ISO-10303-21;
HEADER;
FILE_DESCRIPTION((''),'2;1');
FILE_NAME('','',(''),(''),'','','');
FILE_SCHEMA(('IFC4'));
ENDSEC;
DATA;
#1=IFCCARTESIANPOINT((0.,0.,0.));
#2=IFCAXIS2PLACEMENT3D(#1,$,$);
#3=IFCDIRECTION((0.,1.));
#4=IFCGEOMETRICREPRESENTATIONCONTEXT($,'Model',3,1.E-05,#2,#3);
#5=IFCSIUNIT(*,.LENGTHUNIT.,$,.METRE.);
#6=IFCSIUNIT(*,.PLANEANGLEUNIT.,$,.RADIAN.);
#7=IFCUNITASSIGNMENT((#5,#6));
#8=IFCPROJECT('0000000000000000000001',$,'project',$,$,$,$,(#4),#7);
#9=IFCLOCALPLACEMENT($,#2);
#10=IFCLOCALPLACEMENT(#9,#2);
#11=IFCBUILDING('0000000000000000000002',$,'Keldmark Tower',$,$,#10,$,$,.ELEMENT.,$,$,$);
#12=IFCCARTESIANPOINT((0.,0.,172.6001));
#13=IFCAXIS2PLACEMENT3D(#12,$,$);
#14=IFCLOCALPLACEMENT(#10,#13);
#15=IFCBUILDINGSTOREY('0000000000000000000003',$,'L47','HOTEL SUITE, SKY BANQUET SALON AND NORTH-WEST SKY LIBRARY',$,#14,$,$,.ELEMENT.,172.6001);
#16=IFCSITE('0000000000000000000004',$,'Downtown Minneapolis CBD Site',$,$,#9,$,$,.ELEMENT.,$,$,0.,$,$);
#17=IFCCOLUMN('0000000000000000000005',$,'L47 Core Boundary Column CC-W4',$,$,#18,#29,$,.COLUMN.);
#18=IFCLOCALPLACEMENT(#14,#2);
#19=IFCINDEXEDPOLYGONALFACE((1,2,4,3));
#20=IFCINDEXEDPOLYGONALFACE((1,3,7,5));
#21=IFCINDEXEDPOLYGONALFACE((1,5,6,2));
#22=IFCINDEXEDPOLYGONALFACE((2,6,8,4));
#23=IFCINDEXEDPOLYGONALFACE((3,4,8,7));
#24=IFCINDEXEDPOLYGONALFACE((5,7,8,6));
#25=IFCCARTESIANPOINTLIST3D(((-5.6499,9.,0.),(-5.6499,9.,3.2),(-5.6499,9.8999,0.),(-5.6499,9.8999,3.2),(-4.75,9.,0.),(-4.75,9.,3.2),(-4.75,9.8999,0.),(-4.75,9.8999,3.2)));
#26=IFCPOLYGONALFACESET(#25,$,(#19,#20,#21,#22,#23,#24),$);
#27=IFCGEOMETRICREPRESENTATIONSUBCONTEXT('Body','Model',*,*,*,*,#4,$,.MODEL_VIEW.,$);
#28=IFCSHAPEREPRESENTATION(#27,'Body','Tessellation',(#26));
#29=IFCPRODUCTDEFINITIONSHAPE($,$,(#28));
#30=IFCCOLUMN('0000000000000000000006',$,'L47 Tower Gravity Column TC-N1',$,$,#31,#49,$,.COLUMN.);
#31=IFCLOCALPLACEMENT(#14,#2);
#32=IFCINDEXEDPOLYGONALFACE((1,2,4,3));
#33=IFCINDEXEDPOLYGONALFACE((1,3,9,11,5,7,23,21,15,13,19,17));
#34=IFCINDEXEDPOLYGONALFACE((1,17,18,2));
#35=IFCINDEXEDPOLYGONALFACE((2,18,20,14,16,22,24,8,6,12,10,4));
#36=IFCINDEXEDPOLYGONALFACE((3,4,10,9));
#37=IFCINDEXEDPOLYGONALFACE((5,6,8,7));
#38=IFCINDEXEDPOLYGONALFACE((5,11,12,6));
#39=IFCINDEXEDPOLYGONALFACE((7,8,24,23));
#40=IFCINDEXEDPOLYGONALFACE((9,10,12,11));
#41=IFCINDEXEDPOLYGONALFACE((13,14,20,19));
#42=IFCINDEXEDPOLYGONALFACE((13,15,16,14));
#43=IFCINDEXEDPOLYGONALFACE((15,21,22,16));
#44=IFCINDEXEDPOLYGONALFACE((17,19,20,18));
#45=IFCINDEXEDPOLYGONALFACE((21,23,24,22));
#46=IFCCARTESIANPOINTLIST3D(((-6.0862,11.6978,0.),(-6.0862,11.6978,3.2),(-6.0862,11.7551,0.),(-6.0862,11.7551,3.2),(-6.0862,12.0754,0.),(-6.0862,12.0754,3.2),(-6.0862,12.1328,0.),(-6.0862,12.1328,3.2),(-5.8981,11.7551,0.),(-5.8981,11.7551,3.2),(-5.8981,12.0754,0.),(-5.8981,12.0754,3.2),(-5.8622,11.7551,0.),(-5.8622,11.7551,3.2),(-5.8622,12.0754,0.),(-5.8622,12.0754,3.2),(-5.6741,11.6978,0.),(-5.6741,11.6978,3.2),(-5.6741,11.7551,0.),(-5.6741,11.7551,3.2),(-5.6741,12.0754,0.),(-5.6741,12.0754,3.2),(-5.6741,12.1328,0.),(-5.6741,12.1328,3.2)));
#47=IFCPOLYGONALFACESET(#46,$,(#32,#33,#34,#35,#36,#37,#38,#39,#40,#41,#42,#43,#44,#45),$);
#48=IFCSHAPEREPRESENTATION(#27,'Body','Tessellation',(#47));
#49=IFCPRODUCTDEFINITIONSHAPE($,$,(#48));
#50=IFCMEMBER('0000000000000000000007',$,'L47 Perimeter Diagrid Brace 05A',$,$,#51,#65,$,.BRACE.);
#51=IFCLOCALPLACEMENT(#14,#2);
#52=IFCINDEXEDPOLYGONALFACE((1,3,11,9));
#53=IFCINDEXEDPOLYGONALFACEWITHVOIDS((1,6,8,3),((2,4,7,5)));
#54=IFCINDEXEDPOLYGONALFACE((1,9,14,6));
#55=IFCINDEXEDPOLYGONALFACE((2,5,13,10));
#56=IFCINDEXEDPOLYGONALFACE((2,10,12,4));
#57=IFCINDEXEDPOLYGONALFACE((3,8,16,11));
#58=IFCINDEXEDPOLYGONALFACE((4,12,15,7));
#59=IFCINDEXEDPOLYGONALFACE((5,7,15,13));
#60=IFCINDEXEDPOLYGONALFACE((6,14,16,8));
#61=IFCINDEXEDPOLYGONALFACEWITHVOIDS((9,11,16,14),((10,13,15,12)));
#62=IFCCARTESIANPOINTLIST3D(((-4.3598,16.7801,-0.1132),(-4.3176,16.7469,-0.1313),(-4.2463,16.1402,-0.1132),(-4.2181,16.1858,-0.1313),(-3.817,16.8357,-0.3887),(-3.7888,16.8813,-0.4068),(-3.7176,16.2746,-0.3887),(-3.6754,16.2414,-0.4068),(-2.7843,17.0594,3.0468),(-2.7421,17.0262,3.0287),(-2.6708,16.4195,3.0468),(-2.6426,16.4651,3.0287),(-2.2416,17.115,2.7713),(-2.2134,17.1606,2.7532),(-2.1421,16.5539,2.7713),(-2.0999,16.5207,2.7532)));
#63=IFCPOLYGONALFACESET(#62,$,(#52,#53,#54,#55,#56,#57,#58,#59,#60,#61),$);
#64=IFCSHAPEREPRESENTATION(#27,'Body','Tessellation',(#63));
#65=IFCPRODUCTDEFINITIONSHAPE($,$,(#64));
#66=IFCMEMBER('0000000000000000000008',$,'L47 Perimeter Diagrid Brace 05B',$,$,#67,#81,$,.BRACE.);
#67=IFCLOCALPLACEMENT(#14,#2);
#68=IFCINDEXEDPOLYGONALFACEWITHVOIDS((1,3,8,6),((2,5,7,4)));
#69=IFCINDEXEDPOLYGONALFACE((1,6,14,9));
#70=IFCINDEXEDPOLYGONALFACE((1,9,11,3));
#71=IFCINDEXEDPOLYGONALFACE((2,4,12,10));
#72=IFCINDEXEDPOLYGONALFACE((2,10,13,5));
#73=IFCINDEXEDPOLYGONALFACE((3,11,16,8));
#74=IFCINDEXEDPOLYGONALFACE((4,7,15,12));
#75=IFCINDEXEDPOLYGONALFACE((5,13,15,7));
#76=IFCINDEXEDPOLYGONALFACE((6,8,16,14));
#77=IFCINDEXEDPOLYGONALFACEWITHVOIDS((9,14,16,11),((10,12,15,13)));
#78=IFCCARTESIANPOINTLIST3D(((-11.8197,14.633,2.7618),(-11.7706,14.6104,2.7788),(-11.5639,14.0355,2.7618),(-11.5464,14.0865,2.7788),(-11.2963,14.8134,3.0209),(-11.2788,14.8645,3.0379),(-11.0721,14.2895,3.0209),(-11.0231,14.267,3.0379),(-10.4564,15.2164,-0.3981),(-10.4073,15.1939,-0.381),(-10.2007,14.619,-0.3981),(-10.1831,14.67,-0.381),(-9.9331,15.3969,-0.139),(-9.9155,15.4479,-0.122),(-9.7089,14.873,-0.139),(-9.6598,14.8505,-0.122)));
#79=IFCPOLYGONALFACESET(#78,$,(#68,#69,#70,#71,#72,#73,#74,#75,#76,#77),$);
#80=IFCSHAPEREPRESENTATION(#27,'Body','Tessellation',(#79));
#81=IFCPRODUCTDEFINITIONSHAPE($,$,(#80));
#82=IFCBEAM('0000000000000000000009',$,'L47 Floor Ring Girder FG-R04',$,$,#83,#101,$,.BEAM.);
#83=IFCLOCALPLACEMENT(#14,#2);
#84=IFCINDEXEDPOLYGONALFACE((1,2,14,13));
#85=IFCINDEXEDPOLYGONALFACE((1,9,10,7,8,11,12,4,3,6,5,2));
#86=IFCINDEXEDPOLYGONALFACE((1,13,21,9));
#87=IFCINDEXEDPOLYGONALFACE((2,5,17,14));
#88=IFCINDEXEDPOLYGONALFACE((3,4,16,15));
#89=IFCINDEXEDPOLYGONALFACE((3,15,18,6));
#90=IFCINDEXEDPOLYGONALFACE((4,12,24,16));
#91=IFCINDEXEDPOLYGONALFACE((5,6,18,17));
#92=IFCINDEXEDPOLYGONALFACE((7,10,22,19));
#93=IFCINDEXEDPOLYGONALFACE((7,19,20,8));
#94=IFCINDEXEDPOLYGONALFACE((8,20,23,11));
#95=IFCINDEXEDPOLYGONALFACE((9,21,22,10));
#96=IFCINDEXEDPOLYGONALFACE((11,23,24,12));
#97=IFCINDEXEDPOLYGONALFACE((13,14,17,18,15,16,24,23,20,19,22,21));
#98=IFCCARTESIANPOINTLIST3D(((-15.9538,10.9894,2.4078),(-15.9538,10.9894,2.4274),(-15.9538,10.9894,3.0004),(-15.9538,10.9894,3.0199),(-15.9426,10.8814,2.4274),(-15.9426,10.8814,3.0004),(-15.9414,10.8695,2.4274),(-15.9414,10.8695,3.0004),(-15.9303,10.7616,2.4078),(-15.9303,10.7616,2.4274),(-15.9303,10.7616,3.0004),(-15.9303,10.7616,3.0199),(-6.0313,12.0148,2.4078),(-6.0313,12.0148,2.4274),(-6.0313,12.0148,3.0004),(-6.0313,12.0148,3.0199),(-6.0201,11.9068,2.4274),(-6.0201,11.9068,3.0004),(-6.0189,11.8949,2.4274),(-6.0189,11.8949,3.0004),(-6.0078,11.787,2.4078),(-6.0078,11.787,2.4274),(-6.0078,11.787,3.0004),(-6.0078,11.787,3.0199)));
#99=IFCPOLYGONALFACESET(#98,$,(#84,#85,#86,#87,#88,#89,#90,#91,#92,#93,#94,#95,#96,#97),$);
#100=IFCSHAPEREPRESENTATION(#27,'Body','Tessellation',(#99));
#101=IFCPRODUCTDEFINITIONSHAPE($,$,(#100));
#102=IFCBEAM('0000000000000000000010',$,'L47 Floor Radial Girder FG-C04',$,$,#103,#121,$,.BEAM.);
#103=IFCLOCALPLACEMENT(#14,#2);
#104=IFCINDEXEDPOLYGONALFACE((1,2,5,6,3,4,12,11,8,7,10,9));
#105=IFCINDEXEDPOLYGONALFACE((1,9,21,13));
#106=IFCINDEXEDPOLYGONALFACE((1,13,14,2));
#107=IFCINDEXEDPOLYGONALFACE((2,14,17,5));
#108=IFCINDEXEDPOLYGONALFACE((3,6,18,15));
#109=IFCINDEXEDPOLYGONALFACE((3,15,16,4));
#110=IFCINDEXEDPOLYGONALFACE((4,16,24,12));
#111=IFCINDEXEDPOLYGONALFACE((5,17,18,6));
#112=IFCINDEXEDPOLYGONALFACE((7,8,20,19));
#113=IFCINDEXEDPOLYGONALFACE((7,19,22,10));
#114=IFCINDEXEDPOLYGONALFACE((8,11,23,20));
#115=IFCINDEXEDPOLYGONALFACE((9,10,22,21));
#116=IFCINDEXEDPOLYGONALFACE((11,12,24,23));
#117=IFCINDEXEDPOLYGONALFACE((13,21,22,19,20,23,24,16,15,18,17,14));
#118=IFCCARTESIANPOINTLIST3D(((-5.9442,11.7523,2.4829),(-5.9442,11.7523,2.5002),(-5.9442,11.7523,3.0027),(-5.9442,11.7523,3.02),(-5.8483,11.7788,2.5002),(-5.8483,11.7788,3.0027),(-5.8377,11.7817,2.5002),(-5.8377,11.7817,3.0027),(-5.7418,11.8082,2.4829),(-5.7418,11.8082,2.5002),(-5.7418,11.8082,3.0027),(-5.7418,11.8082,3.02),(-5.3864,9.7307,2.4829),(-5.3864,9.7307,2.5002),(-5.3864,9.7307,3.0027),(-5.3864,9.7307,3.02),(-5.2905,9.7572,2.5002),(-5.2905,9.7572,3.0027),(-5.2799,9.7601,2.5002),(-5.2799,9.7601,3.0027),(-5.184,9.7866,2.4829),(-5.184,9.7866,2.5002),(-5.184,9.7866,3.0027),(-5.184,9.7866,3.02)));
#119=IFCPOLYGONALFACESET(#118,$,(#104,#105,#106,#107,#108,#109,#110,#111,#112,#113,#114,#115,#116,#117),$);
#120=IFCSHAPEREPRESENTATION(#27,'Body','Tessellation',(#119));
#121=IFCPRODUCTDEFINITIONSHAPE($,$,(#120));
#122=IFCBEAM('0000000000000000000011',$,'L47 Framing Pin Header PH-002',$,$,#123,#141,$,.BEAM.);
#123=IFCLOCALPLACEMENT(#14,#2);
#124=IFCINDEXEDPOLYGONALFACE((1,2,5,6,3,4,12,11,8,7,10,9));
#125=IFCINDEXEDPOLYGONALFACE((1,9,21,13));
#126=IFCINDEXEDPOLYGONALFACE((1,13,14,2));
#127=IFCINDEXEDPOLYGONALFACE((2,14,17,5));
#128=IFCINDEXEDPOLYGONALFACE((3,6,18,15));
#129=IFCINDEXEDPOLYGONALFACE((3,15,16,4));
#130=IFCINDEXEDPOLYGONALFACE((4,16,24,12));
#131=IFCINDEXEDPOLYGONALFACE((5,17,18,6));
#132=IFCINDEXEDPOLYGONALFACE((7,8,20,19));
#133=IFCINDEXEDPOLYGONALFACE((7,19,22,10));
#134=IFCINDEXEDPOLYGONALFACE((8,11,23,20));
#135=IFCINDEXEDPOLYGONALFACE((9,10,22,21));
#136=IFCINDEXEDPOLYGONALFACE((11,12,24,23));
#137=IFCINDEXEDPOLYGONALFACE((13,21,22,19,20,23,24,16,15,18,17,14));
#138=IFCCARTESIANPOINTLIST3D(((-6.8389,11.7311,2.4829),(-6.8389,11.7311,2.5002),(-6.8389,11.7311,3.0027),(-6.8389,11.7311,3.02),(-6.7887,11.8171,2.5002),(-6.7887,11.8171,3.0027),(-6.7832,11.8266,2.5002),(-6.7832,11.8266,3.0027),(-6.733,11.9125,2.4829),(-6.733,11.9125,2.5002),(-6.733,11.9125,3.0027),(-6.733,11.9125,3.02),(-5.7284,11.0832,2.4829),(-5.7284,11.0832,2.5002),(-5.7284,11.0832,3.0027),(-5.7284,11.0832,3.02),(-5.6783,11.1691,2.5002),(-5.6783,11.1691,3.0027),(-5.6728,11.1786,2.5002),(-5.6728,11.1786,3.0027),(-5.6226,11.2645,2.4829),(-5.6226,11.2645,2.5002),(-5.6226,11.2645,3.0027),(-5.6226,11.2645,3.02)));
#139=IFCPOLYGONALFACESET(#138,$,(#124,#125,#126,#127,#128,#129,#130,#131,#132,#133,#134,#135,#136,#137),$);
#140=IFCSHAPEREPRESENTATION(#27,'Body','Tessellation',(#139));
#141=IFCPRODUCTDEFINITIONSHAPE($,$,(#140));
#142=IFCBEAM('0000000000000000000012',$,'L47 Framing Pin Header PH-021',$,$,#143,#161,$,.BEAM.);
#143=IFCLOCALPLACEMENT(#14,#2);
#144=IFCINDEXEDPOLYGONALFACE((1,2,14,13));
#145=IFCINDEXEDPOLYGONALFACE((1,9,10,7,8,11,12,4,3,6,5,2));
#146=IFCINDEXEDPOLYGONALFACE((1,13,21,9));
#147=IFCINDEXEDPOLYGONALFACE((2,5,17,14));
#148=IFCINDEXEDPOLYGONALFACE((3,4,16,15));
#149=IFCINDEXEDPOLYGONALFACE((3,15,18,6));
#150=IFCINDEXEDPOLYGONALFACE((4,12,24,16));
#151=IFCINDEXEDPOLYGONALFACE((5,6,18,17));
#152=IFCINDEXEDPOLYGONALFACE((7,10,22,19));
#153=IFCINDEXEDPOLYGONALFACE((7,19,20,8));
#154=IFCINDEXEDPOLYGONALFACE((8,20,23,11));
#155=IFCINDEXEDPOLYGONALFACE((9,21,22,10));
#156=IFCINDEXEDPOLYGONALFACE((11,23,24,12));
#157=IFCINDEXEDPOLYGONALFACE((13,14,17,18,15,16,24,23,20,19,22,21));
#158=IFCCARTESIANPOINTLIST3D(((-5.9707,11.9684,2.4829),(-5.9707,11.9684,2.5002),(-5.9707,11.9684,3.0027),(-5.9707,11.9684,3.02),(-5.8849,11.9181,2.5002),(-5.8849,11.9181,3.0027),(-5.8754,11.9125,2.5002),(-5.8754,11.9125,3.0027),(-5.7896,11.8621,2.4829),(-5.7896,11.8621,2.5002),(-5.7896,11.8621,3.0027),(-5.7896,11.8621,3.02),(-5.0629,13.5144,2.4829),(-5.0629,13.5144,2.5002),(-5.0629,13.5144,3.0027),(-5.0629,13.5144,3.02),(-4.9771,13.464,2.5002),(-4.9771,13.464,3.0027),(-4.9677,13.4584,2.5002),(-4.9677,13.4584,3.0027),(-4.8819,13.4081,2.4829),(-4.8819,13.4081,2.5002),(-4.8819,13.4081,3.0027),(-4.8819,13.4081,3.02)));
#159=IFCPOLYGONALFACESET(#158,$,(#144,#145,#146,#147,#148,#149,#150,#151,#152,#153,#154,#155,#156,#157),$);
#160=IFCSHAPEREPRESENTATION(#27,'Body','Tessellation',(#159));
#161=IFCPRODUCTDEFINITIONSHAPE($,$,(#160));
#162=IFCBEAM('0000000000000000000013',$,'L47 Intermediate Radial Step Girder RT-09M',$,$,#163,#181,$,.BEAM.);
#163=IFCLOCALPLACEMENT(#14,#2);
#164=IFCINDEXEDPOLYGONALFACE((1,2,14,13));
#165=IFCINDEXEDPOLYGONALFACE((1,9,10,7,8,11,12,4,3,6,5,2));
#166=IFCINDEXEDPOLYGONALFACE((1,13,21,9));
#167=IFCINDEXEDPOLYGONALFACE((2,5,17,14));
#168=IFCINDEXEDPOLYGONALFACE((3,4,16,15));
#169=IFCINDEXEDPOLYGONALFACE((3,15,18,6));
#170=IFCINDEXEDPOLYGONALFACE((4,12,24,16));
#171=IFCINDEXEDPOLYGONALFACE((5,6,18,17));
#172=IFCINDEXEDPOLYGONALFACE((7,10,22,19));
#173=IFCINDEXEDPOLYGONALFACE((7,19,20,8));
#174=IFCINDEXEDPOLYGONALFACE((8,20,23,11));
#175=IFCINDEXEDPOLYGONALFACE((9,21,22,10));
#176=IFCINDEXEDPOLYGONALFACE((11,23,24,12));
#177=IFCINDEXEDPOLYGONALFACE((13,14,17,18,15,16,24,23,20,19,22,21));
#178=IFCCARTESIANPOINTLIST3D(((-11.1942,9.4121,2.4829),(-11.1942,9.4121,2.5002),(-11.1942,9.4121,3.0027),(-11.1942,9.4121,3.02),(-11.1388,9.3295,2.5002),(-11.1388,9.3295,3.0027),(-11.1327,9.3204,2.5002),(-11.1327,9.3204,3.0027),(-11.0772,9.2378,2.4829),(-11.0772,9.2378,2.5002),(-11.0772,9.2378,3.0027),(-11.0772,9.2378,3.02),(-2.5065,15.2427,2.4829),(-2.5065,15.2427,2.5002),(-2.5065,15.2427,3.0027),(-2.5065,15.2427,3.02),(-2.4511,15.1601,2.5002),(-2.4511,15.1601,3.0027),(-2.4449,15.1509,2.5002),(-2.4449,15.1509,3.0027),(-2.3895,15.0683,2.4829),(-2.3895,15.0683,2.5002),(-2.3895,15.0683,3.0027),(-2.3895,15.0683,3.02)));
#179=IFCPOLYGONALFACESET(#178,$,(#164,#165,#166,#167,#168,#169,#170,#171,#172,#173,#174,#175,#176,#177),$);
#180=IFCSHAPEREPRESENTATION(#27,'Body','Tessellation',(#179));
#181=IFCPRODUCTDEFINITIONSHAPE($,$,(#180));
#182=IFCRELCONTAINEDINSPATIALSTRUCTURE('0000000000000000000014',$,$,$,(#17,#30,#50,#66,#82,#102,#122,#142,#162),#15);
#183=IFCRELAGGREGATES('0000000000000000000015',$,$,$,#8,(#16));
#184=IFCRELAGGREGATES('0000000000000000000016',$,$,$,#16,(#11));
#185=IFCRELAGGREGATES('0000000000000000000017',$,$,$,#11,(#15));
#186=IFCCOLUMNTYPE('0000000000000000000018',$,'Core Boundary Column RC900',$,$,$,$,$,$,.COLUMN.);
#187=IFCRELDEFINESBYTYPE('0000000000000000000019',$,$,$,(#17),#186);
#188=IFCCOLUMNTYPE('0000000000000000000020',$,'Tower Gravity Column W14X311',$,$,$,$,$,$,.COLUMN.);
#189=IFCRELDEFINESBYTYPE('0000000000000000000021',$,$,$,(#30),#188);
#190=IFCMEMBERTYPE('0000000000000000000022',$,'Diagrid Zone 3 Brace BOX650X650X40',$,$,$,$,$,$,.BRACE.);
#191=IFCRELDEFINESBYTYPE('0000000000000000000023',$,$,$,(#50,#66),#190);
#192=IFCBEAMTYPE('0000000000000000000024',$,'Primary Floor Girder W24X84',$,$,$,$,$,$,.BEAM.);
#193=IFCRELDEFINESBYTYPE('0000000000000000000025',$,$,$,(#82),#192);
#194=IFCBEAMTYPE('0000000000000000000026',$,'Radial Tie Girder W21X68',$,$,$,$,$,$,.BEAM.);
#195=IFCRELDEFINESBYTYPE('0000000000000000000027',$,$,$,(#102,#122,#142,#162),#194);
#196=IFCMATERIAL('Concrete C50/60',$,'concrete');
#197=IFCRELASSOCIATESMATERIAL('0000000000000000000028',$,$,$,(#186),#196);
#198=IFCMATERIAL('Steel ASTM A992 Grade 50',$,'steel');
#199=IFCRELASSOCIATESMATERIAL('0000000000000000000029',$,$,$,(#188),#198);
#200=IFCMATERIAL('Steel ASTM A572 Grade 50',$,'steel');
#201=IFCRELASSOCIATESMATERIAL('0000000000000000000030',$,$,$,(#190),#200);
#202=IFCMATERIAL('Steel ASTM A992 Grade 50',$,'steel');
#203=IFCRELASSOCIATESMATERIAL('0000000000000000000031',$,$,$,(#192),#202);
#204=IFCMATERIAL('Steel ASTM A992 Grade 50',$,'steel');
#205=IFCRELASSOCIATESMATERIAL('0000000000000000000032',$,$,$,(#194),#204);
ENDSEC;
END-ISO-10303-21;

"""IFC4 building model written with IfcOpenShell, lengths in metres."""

from ifc_helpers import new_model, si_unit, direction, frame, origin, origin_2d, place, context, subcontext, project, spatial, rectangle, hollow_rectangle, i_section, extrude, material, material_profile, profile_set, type_object, element, save


model = new_model("IFC4")

# Units and contexts
model_context = context("Model", 3, precision=1e-05, world=origin(), true_north=direction((0.0, 1.0)))
body_context = subcontext(model_context, "Body", "Model", "MODEL_VIEW")
ifc_project = project(units=[si_unit("LENGTHUNIT", "METRE"), si_unit("PLANEANGLEUNIT", "RADIAN")], contexts=[model_context])

# Site, building, storey
site_placement = place(None, origin())
site = spatial("IfcSite", under=ifc_project, at=site_placement, Name="Downtown Minneapolis CBD Site", CompositionType="ELEMENT", RefElevation=0.0)
building_placement = place(site_placement, origin())
building = spatial("IfcBuilding", under=site, at=building_placement, Name="Keldmark Tower", CompositionType="ELEMENT")
storey_placement = place(building_placement, frame((0.0, 0.0, 172.6001)))
storey = spatial("IfcBuildingStorey", under=building, at=storey_placement, Name="L47", Description="HOTEL SUITE, SKY BANQUET SALON AND NORTH-WEST SKY LIBRARY", CompositionType="ELEMENT", Elevation=172.6001)

# Columns
ifc_material_1 = material(Name="Concrete C50/60", Category="concrete")
ifc_material_profile_1 = material_profile(ifc_material_1, rectangle(XDim=0.8999, YDim=0.8999, at=origin_2d()), Name="RC900X900")
ifc_profile_set_1 = profile_set([ifc_material_profile_1], Name="Concrete C50/60")
column_type_1 = type_object("IfcColumnType", Name="Core Boundary Column RC900", PredefinedType="COLUMN", material=ifc_profile_set_1)
column_1_placement = place(storey_placement, frame((-5.2, 9.45, 0.0), z_axis=(0.0, 0.0, 1.0), x_axis=(1.0, 0.0, 0.0)))
element("IfcColumn", 1, at=column_1_placement, inside=storey, type_object=column_type_1, Name="L47 Core Boundary Column CC-W4", PredefinedType="COLUMN", context=body_context, shape_type="SweptSolid", body=[
    extrude(rectangle(XDim=0.8999, YDim=0.8999, at=origin_2d()), origin(), (0.0, 0.0, 1.0), 3.2),
])
ifc_material_2 = material(Name="Steel ASTM A992 Grade 50", Category="steel")
ifc_material_profile_2 = material_profile(ifc_material_2, i_section(OverallWidth=0.4121, OverallDepth=0.4351, WebThickness=0.0359, FlangeThickness=0.0574, at=origin_2d()), Name="W14X311")
ifc_profile_set_2 = profile_set([ifc_material_profile_2], Name="Steel ASTM A992 Grade 50")
column_type_2 = type_object("IfcColumnType", Name="Tower Gravity Column W14X311", PredefinedType="COLUMN", material=ifc_profile_set_2)
column_2_placement = place(storey_placement, frame((-5.8801, 11.9153, 0.0), z_axis=(0.0, 0.0, 1.0), x_axis=(1.0, 0.0, 0.0)))
element("IfcColumn", 2, at=column_2_placement, inside=storey, type_object=column_type_2, Name="L47 Tower Gravity Column TC-N1", PredefinedType="COLUMN", context=body_context, shape_type="SweptSolid", body=[
    extrude(i_section(OverallWidth=0.4121, OverallDepth=0.4351, WebThickness=0.0359, FlangeThickness=0.0574, at=origin_2d()), origin(), (0.0, 0.0, 1.0), 3.2),
])

# Members
ifc_material_3 = material(Name="Steel ASTM A572 Grade 50", Category="steel")
ifc_material_profile_3 = material_profile(ifc_material_3, hollow_rectangle(XDim=0.6499, YDim=0.6499, WallThickness=0.04, at=origin_2d()), Name="BOX650X650X40")
ifc_profile_set_3 = profile_set([ifc_material_profile_3], Name="Steel ASTM A572 Grade 50")
member_type = type_object("IfcMemberType", Name="Diagrid Zone 3 Brace BOX650X650X40", PredefinedType="BRACE", material=ifc_profile_set_3)
member_1_placement = place(storey_placement, frame((-4.0176, 16.5107, -0.26), z_axis=(0.444801, 0.078855, 0.892152), x_axis=(-0.17456, 0.984647, 0.0)))
element("IfcMember", 3, at=member_1_placement, inside=storey, type_object=member_type, Name="L47 Perimeter Diagrid Brace 05A", PredefinedType="BRACE", context=body_context, shape_type="SweptSolid", body=[
    extrude(hollow_rectangle(XDim=0.6499, YDim=0.6499, WallThickness=0.04, at=origin_2d()), origin(), (0.0, 0.0, 1.0), 3.542),
])
member_2_placement = place(storey_placement, frame((-10.0581, 15.0334, -0.26), z_axis=(-0.390562, -0.167164, 0.905272), x_axis=(0.393482, -0.919332, 0.0)))
element("IfcMember", 4, at=member_2_placement, inside=storey, type_object=member_type, Name="L47 Perimeter Diagrid Brace 05B", PredefinedType="BRACE", context=body_context, shape_type="SweptSolid", body=[
    extrude(hollow_rectangle(XDim=0.6499, YDim=0.6499, WallThickness=0.04, at=origin_2d()), origin(), (0.0, 0.0, 1.0), 3.4905),
])

# Beams
ifc_material_4 = material(Name="Steel ASTM A992 Grade 50", Category="steel")
ifc_material_profile_4 = material_profile(ifc_material_4, i_section(OverallWidth=0.229, OverallDepth=0.6121, WebThickness=0.012, FlangeThickness=0.0195, at=origin_2d()), Name="W24X84")
ifc_profile_set_4 = profile_set([ifc_material_profile_4], Name="Steel ASTM A992 Grade 50")
beam_type_1 = type_object("IfcBeamType", Name="Primary Floor Girder W24X84", PredefinedType="BEAM", material=ifc_profile_set_4)
beam_1_placement = place(storey_placement, frame((-6.0195, 11.9009, 2.7139), z_axis=(-0.994703, -0.102791, 0.0), x_axis=(0.102791, -0.994703, 0.0)))
element("IfcBeam", 5, at=beam_1_placement, inside=storey, type_object=beam_type_1, Name="L47 Floor Ring Girder FG-R04", PredefinedType="BEAM", context=body_context, shape_type="SweptSolid", body=[
    extrude(i_section(OverallWidth=0.229, OverallDepth=0.6121, WebThickness=0.012, FlangeThickness=0.0195, at=origin_2d()), origin(), (0.0, 0.0, 1.0), 9.9753),
])
ifc_material_5 = material(Name="Steel ASTM A992 Grade 50", Category="steel")
ifc_material_profile_5 = material_profile(ifc_material_5, i_section(OverallWidth=0.21, OverallDepth=0.5371, WebThickness=0.011, FlangeThickness=0.0173, at=origin_2d()), Name="W21X68")
ifc_profile_set_5 = profile_set([ifc_material_profile_5], Name="Steel ASTM A992 Grade 50")
beam_type_2 = type_object("IfcBeamType", Name="Radial Tie Girder W21X68", PredefinedType="BEAM", material=ifc_profile_set_5)
beam_2_placement = place(storey_placement, frame((-5.843, 11.7803, 2.7515), z_axis=(0.265992, -0.963975, 0.0), x_axis=(0.963975, 0.265992, 0.0)))
element("IfcBeam", 6, at=beam_2_placement, inside=storey, type_object=beam_type_2, Name="L47 Floor Radial Girder FG-C04", PredefinedType="BEAM", context=body_context, shape_type="SweptSolid", body=[
    extrude(i_section(OverallWidth=0.21, OverallDepth=0.5371, WebThickness=0.011, FlangeThickness=0.0173, at=origin_2d()), origin(), (0.0, 0.0, 1.0), 2.0972),
])
beam_3_placement = place(storey_placement, frame((-5.6755, 11.1738, 2.7515), z_axis=(-0.863696, 0.504013, 0.0), x_axis=(-0.504013, -0.863696, 0.0)))
element("IfcBeam", 7, at=beam_3_placement, inside=storey, type_object=beam_type_2, Name="L47 Framing Pin Header PH-002", PredefinedType="BEAM", context=body_context, shape_type="SweptSolid", body=[
    extrude(i_section(OverallWidth=0.21, OverallDepth=0.5371, WebThickness=0.011, FlangeThickness=0.0173, at=origin_2d()), origin(), (0.0, 0.0, 1.0), 1.2856),
])
beam_4_placement = place(storey_placement, frame((-5.8801, 11.9153, 2.7515), z_axis=(0.506341, 0.862333, 0.0), x_axis=(-0.862333, 0.506341, 0.0)))
element("IfcBeam", 8, at=beam_4_placement, inside=storey, type_object=beam_type_2, Name="L47 Framing Pin Header PH-021", PredefinedType="BEAM", context=body_context, shape_type="SweptSolid", body=[
    extrude(i_section(OverallWidth=0.21, OverallDepth=0.5371, WebThickness=0.011, FlangeThickness=0.0173, at=origin_2d()), origin(), (0.0, 0.0, 1.0), 1.7927),
])
beam_5_placement = place(storey_placement, frame((-11.1357, 9.325, 2.7515), z_axis=(0.830338, 0.557261, 0.0), x_axis=(-0.557261, 0.830338, 0.0)))
element("IfcBeam", 9, at=beam_5_placement, inside=storey, type_object=beam_type_2, Name="L47 Intermediate Radial Step Girder RT-09M", PredefinedType="BEAM", context=body_context, shape_type="SweptSolid", body=[
    extrude(i_section(OverallWidth=0.21, OverallDepth=0.5371, WebThickness=0.011, FlangeThickness=0.0173, at=origin_2d()), origin(), (0.0, 0.0, 1.0), 10.4629),
])

save(model, "model.ifc")
